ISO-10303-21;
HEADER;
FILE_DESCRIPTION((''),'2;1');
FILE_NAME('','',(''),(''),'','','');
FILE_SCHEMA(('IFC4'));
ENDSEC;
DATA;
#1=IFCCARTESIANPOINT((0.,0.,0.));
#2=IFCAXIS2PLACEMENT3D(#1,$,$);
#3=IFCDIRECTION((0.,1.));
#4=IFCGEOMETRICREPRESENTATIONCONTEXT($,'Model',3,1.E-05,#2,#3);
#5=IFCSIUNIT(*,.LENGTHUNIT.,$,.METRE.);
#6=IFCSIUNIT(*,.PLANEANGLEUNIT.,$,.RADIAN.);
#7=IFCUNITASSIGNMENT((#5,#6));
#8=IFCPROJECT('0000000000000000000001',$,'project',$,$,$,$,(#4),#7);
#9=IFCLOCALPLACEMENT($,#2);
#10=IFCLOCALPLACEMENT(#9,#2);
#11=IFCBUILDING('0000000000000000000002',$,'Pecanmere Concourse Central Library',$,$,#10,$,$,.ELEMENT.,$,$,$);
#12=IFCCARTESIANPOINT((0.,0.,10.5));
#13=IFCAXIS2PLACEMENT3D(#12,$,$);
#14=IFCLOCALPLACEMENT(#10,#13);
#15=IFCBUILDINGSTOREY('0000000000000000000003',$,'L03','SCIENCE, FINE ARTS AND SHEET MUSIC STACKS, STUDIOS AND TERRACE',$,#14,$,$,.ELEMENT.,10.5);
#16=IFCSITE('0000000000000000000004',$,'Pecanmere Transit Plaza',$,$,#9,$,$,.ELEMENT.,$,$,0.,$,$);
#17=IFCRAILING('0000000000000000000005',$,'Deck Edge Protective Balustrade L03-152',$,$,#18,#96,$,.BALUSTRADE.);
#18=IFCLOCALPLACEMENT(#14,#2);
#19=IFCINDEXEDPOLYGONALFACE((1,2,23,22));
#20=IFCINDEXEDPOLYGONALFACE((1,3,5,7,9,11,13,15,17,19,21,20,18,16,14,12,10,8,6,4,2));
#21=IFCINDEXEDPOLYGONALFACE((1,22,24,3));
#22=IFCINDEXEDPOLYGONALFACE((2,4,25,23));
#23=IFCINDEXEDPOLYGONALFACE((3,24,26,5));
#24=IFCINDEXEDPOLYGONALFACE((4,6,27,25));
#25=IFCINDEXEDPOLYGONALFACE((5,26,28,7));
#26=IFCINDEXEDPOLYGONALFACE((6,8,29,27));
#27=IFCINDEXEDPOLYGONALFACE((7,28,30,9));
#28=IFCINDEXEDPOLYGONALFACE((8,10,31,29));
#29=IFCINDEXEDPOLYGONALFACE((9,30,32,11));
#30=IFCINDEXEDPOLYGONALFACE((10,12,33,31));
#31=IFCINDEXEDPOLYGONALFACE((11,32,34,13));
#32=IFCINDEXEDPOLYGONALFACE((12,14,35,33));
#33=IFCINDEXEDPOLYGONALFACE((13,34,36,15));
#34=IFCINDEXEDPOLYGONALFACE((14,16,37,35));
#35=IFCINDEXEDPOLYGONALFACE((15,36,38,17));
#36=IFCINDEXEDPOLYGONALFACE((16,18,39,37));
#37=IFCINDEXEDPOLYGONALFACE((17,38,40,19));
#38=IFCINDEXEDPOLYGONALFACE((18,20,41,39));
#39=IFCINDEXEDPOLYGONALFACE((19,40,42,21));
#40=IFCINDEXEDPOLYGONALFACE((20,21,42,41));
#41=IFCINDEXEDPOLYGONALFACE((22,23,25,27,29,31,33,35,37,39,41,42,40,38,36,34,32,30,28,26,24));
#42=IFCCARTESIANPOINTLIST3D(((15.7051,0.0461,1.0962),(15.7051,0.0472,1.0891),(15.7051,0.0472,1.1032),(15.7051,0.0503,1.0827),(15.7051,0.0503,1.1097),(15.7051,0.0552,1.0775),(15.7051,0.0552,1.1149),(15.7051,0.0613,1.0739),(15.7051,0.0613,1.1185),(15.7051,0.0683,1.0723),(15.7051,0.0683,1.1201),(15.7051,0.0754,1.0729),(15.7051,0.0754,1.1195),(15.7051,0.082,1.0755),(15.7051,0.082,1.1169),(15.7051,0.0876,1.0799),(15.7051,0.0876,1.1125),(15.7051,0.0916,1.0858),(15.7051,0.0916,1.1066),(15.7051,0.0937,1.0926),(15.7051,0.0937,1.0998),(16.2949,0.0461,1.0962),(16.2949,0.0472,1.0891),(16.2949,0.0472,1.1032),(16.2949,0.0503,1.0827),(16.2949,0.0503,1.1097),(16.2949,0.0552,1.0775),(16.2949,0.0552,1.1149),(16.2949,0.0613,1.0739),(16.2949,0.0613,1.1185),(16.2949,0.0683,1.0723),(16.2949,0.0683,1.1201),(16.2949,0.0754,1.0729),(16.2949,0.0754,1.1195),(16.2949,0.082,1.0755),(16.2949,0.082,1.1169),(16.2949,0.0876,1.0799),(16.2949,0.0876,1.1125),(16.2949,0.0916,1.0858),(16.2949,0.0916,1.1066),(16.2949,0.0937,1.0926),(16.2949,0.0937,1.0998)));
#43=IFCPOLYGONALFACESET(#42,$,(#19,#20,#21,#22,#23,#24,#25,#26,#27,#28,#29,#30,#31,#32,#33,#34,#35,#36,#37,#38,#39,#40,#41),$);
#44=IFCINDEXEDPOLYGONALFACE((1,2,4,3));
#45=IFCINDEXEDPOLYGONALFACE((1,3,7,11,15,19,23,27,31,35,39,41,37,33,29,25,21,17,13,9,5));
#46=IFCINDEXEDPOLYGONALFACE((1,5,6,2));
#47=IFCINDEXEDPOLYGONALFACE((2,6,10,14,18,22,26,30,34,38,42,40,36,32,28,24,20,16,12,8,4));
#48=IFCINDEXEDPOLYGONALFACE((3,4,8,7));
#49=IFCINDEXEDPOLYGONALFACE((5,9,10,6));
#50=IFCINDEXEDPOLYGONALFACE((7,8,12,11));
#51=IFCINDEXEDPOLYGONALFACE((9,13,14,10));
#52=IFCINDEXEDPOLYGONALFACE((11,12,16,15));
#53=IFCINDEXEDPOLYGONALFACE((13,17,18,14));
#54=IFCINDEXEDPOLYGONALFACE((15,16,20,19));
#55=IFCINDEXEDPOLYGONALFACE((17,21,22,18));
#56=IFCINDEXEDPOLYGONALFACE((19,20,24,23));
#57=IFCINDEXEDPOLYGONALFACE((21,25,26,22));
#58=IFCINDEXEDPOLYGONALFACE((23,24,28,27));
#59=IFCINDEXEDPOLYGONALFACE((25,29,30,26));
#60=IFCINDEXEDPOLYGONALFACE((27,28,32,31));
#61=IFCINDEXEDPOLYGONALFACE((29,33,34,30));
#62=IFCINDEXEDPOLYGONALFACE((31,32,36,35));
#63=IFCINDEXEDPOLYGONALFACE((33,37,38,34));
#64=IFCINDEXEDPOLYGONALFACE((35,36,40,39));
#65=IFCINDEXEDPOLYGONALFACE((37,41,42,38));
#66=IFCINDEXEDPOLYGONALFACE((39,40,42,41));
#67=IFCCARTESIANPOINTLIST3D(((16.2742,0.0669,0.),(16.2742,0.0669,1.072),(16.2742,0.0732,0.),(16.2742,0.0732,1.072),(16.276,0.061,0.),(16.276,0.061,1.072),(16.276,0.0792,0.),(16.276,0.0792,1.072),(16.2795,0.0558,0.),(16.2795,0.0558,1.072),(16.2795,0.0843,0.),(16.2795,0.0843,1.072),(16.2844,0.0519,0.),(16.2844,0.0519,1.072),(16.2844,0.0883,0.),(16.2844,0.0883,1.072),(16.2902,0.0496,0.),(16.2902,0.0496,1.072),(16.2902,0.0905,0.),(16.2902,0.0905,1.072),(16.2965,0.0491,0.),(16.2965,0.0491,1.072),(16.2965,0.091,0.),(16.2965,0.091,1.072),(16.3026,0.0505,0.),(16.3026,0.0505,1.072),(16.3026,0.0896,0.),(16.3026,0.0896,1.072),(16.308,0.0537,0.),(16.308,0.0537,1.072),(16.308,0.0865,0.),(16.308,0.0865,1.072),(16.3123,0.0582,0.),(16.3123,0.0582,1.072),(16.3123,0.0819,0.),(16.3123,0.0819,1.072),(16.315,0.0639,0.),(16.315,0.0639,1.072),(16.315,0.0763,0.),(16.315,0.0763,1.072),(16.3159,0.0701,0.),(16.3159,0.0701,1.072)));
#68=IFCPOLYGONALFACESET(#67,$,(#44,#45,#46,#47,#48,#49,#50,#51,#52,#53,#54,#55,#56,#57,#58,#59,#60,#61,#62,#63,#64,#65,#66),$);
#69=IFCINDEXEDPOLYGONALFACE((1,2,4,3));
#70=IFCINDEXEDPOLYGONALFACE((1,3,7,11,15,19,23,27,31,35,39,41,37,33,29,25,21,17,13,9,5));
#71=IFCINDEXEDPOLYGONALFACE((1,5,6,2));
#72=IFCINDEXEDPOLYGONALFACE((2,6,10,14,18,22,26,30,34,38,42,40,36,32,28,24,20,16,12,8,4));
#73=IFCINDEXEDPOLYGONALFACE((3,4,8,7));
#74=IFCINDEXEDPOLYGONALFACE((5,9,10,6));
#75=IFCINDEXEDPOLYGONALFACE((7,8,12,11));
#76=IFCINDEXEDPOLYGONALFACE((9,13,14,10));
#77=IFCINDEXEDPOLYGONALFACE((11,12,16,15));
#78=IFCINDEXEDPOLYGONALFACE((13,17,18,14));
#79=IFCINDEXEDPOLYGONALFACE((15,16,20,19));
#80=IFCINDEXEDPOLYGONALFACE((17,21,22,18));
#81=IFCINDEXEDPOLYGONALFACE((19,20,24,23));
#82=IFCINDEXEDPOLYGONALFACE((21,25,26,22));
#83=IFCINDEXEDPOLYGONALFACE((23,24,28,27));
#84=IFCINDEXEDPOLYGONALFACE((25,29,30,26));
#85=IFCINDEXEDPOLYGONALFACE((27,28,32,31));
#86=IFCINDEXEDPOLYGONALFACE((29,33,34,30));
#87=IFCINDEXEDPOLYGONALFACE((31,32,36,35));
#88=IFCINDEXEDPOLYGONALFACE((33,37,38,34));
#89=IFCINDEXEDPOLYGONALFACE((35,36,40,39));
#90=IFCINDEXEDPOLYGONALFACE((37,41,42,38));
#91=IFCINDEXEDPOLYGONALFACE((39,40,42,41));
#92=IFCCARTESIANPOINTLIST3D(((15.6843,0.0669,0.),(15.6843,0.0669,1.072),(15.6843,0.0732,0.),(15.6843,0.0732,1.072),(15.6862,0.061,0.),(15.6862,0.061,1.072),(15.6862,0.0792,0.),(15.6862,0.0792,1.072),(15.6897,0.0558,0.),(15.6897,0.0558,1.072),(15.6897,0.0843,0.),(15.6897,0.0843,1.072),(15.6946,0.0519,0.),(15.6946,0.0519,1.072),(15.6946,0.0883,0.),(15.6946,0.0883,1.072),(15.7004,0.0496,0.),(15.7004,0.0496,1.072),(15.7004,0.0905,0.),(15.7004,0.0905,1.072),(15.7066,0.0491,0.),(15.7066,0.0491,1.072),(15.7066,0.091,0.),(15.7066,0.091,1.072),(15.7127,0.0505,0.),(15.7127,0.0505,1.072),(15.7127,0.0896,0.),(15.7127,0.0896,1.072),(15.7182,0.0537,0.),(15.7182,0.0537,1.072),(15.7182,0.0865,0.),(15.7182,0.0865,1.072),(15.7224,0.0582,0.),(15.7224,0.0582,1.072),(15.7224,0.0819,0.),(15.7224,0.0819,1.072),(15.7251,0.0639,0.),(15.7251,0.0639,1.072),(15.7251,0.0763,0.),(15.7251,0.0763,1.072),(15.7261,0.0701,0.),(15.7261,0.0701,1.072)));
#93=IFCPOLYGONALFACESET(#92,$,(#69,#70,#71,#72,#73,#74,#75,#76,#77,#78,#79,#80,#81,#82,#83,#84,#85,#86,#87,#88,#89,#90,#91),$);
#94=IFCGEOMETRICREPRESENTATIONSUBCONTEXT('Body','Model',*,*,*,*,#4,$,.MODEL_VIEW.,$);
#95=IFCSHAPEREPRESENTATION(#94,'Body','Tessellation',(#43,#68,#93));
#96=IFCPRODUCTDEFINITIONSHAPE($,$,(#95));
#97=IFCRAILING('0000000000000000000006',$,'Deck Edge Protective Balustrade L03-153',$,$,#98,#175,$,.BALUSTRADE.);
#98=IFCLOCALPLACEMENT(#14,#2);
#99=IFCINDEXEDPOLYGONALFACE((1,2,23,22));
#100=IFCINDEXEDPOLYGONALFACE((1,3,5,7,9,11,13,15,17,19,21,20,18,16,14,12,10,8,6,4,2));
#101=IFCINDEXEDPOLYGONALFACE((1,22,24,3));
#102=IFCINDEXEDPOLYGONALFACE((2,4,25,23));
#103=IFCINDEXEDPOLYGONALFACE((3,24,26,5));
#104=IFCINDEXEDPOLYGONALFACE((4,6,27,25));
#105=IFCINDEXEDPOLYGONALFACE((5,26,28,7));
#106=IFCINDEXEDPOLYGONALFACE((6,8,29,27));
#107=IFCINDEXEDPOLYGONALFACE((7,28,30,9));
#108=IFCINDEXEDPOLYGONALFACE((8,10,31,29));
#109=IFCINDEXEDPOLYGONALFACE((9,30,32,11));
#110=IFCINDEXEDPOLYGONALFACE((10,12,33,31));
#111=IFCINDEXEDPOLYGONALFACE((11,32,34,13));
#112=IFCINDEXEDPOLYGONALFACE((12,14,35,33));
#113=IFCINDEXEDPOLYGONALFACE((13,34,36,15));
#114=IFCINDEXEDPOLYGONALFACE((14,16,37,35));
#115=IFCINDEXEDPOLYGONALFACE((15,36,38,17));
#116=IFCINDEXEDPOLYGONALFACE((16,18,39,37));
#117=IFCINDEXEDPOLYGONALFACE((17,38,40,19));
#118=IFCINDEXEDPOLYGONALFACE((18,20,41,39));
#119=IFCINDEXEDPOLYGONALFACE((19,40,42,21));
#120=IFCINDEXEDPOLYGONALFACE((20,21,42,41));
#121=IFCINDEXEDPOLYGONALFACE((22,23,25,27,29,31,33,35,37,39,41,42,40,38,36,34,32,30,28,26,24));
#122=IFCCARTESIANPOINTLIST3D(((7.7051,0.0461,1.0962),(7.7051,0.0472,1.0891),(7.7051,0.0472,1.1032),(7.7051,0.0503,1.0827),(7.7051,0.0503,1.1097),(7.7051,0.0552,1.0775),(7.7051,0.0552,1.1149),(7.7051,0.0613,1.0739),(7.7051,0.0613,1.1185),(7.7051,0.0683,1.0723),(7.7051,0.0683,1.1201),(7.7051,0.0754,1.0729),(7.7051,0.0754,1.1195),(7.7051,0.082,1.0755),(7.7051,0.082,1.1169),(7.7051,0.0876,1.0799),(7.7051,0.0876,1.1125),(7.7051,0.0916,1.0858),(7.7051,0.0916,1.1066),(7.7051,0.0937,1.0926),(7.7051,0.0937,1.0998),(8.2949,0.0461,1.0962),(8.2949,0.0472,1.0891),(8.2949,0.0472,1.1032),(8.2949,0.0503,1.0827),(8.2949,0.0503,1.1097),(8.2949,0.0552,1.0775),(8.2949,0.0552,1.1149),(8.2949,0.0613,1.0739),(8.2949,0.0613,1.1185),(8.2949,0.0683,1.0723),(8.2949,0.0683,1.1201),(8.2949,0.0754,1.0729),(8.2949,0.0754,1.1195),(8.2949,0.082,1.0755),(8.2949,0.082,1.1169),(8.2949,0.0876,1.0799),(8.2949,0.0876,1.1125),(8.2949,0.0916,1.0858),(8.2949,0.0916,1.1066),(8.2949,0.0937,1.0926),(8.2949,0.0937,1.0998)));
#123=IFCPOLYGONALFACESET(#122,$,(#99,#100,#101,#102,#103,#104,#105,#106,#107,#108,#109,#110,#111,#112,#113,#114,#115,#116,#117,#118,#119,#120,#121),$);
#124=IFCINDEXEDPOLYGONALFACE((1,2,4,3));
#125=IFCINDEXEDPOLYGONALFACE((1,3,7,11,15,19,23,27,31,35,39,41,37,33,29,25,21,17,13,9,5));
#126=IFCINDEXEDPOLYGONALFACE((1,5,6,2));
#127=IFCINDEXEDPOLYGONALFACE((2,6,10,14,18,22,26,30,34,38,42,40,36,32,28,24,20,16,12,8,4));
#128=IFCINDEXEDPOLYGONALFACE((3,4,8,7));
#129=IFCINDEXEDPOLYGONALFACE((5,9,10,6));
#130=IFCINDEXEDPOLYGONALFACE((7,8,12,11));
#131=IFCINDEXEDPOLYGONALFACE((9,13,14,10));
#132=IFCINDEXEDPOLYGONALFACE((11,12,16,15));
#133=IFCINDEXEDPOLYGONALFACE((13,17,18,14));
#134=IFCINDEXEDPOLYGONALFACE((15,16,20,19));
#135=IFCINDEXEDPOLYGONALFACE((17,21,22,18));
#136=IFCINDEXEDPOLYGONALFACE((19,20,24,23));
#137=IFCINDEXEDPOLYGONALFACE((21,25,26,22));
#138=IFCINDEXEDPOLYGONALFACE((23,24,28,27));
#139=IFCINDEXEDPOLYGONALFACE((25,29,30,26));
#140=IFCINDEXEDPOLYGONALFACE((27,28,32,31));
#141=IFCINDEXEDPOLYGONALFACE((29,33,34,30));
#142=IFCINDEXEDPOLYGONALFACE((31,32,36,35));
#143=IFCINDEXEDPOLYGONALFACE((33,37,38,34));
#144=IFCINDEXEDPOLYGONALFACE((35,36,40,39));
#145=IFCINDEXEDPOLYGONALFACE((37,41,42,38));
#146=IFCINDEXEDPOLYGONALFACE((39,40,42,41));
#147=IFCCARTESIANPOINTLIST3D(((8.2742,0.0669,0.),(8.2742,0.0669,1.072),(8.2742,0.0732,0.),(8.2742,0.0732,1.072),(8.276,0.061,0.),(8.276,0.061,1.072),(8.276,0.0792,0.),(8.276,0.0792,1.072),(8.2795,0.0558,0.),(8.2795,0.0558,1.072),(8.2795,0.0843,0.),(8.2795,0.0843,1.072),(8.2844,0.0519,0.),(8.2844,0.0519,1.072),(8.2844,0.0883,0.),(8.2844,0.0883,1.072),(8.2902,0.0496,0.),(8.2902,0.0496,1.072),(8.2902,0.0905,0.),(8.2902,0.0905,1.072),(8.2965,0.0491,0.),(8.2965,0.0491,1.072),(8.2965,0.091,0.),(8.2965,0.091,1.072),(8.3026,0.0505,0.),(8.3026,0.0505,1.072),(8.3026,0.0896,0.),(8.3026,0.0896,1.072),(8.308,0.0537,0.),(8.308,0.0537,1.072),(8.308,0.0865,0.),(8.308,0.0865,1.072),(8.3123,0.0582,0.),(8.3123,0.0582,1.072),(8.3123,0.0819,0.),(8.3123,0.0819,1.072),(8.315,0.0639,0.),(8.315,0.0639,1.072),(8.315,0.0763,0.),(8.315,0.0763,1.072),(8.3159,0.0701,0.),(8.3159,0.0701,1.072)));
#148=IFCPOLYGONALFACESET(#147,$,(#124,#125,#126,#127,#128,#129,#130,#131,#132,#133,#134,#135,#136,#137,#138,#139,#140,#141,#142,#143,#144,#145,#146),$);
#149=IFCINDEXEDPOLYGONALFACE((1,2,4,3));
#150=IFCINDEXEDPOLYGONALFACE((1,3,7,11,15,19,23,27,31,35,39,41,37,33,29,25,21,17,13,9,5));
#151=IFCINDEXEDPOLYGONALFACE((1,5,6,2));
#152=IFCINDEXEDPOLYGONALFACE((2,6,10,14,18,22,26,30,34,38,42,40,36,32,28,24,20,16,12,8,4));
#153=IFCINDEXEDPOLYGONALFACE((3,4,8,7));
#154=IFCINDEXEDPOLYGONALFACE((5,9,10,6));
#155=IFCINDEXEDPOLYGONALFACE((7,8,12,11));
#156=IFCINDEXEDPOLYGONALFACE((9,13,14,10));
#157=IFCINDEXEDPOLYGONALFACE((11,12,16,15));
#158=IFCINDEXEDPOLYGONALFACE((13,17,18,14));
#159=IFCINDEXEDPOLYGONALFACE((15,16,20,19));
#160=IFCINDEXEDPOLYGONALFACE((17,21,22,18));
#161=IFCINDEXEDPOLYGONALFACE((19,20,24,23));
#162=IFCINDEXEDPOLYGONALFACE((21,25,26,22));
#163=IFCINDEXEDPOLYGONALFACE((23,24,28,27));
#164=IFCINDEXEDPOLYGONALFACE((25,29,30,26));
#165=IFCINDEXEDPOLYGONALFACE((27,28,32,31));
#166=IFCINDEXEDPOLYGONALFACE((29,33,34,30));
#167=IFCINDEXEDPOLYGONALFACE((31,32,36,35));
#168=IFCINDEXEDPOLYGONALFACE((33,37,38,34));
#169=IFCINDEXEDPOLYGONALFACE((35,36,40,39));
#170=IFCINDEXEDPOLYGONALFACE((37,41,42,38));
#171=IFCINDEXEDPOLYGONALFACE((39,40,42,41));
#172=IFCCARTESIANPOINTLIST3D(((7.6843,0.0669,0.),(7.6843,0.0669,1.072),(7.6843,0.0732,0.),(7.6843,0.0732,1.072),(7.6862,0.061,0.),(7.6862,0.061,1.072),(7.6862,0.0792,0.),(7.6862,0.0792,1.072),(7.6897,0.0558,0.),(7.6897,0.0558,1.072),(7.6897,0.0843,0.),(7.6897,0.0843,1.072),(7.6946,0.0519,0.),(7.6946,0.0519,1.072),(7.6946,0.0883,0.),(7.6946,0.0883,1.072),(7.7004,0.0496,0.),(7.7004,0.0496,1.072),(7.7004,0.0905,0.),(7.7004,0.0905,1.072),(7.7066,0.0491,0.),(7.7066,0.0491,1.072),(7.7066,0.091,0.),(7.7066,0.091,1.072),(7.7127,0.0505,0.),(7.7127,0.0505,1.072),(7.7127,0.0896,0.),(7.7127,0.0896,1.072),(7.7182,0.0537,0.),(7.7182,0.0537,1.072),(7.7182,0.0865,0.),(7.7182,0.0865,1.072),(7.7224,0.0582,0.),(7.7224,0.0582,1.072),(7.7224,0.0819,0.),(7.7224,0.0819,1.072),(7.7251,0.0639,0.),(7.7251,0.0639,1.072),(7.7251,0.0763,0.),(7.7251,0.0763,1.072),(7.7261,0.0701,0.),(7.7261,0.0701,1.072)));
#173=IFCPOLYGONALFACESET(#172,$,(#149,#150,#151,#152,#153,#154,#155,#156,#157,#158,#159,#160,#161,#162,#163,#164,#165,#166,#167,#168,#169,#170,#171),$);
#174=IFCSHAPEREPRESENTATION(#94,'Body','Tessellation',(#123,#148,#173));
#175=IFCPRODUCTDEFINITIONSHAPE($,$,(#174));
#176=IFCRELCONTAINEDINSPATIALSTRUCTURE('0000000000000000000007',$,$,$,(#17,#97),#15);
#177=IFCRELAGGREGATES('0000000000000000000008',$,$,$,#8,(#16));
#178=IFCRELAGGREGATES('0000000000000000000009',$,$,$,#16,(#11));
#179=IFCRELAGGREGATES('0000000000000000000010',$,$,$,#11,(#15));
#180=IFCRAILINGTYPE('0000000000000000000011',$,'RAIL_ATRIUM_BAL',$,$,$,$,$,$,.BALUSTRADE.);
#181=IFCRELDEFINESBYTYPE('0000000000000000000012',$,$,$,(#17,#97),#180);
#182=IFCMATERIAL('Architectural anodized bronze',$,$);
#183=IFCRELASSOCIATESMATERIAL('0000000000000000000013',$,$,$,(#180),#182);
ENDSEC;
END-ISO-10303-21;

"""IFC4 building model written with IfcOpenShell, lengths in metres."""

from ifc_helpers import new_model, si_unit, direction, frame, origin, origin_2d, place, context, subcontext, project, spatial, circle, extrude, material, type_object, element, save


model = new_model("IFC4")

# Units and contexts
model_context = context("Model", 3, precision=1e-05, world=origin(), true_north=direction((0.0, 1.0)))
body_context = subcontext(model_context, "Body", "Model", "MODEL_VIEW")
ifc_project = project(units=[si_unit("LENGTHUNIT", "METRE"), si_unit("PLANEANGLEUNIT", "RADIAN")], contexts=[model_context])

# Site, building, storey
site_placement = place(None, origin())
site = spatial("IfcSite", under=ifc_project, at=site_placement, Name="Pecanmere Transit Plaza", CompositionType="ELEMENT", RefElevation=0.0)
building_placement = place(site_placement, origin())
building = spatial("IfcBuilding", under=site, at=building_placement, Name="Pecanmere Concourse Central Library", CompositionType="ELEMENT")
storey_placement = place(building_placement, frame((0.0, 0.0, 10.5)))
storey = spatial("IfcBuildingStorey", under=building, at=storey_placement, Name="L03", Description="SCIENCE, FINE ARTS AND SHEET MUSIC STACKS, STUDIOS AND TERRACE", CompositionType="ELEMENT", Elevation=10.5)

# Railings
ifc_material_1 = material(Name="Architectural anodized bronze")
railing_type = type_object("IfcRailingType", Name="RAIL_ATRIUM_BAL", PredefinedType="BALUSTRADE", material=ifc_material_1)
for number, where, name in (
    (1, (16.2949, 0.0701, 0.0), "Deck Edge Protective Balustrade L03-152"),
    (2, (8.2949, 0.0701, 0.0), "Deck Edge Protective Balustrade L03-153"),
):
    element("IfcRailing", number, at=place(storey_placement, frame(where)), inside=storey, type_object=railing_type, Name=name, PredefinedType="BALUSTRADE", context=body_context, shape_type="SweptSolid", body=[
        extrude(circle(Radius=0.0239, at=origin_2d()), frame((0.0, 0.0, 1.0962), z_axis=(-1.0, 0.0, 0.0), x_axis=(0.0, -1.0, 0.0)), (0.0, 0.0, 1.0), 0.5898),
        extrude(circle(Radius=0.021, at=origin_2d()), origin(), (0.0, 0.0, 1.0), 1.072),
        extrude(circle(Radius=0.021, at=origin_2d()), frame((-0.5898, 0.0, 0.0)), (0.0, 0.0, 1.0), 1.072),
    ])

save(model, "model.ifc")
